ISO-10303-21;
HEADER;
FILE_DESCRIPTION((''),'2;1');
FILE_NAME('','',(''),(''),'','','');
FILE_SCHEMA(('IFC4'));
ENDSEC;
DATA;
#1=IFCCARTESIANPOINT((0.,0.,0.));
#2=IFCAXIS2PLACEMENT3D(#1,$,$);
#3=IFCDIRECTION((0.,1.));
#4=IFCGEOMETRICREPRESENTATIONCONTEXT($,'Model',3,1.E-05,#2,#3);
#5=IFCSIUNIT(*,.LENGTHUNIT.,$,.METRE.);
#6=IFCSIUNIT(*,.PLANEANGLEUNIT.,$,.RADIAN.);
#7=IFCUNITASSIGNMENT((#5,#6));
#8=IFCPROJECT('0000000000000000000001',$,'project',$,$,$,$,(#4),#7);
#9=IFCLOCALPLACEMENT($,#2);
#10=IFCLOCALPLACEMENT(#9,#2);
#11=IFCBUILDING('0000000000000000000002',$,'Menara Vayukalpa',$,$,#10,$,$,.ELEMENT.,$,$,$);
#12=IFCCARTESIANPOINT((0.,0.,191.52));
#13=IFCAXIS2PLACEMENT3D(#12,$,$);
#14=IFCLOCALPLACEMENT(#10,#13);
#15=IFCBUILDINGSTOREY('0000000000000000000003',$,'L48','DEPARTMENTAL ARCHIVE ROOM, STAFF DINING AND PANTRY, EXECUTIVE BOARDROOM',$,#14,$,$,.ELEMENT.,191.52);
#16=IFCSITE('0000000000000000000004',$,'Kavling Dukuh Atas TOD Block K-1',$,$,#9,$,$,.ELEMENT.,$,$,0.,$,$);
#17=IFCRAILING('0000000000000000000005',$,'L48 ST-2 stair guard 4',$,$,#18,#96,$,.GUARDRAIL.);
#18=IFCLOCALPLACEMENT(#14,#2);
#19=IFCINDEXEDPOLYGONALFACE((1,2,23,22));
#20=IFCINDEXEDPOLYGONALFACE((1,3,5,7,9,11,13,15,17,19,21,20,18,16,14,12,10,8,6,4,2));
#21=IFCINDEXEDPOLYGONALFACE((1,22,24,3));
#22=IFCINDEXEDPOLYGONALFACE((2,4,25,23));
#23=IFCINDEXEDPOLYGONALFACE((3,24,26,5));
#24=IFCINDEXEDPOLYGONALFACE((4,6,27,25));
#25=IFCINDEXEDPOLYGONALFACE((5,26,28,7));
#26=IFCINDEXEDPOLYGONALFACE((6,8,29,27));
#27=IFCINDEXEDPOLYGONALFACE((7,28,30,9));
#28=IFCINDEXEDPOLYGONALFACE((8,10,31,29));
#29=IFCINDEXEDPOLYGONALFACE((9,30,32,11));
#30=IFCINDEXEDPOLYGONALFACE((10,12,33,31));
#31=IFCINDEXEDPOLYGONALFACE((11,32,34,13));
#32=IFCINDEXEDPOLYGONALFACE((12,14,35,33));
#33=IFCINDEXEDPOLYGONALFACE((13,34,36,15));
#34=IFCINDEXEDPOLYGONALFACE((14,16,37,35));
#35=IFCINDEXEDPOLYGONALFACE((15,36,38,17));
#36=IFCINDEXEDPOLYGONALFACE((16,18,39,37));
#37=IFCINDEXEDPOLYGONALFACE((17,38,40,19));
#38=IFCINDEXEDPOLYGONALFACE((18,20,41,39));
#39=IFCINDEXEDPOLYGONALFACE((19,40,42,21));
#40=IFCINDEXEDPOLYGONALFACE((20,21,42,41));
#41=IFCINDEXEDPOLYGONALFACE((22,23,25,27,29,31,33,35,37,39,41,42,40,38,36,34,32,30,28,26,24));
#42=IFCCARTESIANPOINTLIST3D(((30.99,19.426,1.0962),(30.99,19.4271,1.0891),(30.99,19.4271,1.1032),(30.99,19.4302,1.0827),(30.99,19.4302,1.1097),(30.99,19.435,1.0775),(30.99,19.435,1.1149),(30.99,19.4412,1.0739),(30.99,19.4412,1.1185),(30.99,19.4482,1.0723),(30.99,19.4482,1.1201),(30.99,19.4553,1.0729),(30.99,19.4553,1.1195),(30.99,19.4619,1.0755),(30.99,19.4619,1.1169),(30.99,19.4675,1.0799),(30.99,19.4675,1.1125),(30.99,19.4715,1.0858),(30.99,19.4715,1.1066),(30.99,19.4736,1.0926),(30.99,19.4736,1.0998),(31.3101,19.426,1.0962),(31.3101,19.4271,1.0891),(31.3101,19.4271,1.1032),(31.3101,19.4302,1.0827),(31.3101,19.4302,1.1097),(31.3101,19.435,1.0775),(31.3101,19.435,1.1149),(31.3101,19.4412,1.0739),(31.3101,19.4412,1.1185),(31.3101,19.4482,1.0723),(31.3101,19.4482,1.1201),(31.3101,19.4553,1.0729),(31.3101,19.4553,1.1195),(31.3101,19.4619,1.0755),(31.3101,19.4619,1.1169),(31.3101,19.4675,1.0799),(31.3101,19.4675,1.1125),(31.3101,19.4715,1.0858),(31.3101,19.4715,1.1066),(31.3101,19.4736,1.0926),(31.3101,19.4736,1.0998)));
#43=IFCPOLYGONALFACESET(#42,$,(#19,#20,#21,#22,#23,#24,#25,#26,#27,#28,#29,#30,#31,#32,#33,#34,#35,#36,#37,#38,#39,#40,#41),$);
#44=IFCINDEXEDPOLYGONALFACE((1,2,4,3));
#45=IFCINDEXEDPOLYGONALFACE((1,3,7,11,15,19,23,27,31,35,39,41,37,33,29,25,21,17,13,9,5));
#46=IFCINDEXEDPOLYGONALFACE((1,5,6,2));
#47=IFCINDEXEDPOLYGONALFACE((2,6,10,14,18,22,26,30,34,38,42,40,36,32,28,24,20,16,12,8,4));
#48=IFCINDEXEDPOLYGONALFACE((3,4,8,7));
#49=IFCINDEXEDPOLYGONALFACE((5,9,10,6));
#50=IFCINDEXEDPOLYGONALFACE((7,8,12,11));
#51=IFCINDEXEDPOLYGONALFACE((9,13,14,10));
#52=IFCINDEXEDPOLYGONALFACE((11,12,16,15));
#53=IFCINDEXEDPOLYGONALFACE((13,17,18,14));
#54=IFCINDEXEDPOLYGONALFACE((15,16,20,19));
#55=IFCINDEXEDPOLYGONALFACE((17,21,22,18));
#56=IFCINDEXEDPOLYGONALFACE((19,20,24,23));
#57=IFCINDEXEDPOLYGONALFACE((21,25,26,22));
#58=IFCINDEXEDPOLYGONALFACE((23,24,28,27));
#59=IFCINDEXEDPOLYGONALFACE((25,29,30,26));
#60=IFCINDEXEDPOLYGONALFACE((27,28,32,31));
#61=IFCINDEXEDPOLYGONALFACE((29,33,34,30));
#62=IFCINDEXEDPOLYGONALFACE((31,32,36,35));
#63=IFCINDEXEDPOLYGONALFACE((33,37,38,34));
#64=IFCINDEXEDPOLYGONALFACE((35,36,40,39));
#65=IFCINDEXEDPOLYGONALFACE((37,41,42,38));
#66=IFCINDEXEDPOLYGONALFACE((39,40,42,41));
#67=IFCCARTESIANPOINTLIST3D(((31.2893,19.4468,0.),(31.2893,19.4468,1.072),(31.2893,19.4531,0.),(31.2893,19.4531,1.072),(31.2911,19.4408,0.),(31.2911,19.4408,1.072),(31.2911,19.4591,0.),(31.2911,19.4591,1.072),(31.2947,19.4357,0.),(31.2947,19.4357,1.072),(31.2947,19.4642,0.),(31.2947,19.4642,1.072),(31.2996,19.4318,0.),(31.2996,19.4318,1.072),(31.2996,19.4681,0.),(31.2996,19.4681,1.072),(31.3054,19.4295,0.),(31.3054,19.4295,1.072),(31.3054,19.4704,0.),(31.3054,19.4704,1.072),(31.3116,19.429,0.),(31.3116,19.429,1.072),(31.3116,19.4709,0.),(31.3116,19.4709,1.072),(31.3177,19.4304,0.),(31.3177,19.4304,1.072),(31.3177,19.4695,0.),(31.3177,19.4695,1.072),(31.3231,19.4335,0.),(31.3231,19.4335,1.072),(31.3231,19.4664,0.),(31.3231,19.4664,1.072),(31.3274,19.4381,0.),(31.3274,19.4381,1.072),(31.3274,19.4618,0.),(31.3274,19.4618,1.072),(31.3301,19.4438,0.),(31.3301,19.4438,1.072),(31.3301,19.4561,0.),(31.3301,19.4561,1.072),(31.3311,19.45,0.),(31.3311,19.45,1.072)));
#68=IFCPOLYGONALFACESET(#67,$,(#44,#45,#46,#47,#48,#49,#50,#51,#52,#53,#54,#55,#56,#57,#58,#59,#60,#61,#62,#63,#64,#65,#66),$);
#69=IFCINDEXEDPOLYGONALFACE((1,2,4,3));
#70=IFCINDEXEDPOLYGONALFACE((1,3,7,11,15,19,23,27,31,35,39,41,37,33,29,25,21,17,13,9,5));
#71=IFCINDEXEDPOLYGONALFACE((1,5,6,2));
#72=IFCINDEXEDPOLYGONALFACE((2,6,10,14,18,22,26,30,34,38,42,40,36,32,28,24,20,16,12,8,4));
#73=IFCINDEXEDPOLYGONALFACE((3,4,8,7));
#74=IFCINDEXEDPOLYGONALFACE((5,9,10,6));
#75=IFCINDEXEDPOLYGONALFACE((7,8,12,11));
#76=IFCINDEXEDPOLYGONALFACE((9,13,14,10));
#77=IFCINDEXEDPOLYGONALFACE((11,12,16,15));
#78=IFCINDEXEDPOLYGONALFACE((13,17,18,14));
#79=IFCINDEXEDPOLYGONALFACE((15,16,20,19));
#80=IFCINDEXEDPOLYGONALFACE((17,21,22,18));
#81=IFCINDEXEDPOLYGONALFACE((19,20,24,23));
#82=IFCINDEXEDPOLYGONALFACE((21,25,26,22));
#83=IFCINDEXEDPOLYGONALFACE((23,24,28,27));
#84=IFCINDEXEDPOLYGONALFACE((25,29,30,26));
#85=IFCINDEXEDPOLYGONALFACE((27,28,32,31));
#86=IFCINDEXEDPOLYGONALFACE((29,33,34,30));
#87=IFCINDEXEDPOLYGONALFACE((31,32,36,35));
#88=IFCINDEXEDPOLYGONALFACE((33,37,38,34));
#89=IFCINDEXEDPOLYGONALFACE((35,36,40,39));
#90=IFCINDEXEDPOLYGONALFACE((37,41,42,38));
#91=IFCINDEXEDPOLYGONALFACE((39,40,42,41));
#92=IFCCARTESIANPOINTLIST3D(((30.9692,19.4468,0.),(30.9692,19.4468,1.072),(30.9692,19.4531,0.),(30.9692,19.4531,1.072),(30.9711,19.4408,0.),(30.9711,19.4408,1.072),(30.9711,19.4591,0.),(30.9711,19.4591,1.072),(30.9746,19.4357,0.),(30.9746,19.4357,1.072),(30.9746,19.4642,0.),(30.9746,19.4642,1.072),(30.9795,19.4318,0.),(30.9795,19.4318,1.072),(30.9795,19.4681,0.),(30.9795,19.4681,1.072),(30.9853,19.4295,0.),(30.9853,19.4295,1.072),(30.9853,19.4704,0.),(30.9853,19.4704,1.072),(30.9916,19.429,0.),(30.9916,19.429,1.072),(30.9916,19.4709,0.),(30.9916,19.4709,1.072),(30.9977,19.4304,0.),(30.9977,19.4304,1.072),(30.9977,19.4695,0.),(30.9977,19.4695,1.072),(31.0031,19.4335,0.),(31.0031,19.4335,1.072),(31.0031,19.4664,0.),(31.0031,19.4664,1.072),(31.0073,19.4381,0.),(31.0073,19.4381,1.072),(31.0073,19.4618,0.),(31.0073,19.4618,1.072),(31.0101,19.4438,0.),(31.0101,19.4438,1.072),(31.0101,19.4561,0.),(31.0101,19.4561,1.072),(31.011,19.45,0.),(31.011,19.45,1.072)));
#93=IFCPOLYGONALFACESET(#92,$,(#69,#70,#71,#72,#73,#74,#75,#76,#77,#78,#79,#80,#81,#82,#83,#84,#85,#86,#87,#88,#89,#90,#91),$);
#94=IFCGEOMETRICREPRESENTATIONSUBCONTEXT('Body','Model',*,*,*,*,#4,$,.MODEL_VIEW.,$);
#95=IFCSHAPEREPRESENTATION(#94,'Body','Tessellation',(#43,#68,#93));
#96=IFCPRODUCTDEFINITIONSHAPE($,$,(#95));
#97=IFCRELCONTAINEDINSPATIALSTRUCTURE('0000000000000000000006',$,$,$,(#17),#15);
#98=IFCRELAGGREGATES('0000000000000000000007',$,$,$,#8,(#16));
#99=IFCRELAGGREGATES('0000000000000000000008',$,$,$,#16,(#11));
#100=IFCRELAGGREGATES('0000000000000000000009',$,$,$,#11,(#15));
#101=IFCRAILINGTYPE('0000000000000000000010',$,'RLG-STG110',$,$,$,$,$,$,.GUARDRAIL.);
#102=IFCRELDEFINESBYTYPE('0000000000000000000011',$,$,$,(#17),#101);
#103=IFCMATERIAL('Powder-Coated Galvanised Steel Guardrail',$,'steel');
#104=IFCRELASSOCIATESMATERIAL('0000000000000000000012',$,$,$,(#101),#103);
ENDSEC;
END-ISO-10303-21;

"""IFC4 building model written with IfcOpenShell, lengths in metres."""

from ifc_helpers import new_model, si_unit, direction, frame, origin, origin_2d, place, context, subcontext, project, spatial, circle, extrude, material, type_object, element, save


model = new_model("IFC4")

# Units and contexts
model_context = context("Model", 3, precision=1e-05, world=origin(), true_north=direction((0.0, 1.0)))
body_context = subcontext(model_context, "Body", "Model", "MODEL_VIEW")
ifc_project = project(units=[si_unit("LENGTHUNIT", "METRE"), si_unit("PLANEANGLEUNIT", "RADIAN")], contexts=[model_context])

# Site, building, storey
site_placement = place(None, origin())
site = spatial("IfcSite", under=ifc_project, at=site_placement, Name="Kavling Dukuh Atas TOD Block K-1", CompositionType="ELEMENT", RefElevation=0.0)
building_placement = place(site_placement, origin())
building = spatial("IfcBuilding", under=site, at=building_placement, Name="Menara Vayukalpa", CompositionType="ELEMENT")
storey_placement = place(building_placement, frame((0.0, 0.0, 191.52)))
storey = spatial("IfcBuildingStorey", under=building, at=storey_placement, Name="L48", Description="DEPARTMENTAL ARCHIVE ROOM, STAFF DINING AND PANTRY, EXECUTIVE BOARDROOM", CompositionType="ELEMENT", Elevation=191.52)

# Railing
ifc_material_1 = material(Name="Powder-Coated Galvanised Steel Guardrail", Category="steel")
railing_type_1 = type_object("IfcRailingType", Name="RLG-STG110", PredefinedType="GUARDRAIL", material=ifc_material_1)
railing_1_placement = place(storey_placement, frame((31.3101, 19.45, 0.0)))
element("IfcRailing", 1, at=railing_1_placement, inside=storey, type_object=railing_type_1, Name="L48 ST-2 stair guard 4", PredefinedType="GUARDRAIL", context=body_context, shape_type="SweptSolid", body=[
    extrude(circle(Radius=0.0239, at=origin_2d()), frame((0.0, 0.0, 1.0962), z_axis=(-1.0, 0.0, 0.0), x_axis=(0.0, -1.0, 0.0)), (0.0, 0.0, 1.0), 0.3201),
    extrude(circle(Radius=0.021, at=origin_2d()), origin(), (0.0, 0.0, 1.0), 1.072),
    extrude(circle(Radius=0.021, at=origin_2d()), frame((-0.3201, 0.0, 0.0)), (0.0, 0.0, 1.0), 1.072),
])

save(model, "model.ifc")
